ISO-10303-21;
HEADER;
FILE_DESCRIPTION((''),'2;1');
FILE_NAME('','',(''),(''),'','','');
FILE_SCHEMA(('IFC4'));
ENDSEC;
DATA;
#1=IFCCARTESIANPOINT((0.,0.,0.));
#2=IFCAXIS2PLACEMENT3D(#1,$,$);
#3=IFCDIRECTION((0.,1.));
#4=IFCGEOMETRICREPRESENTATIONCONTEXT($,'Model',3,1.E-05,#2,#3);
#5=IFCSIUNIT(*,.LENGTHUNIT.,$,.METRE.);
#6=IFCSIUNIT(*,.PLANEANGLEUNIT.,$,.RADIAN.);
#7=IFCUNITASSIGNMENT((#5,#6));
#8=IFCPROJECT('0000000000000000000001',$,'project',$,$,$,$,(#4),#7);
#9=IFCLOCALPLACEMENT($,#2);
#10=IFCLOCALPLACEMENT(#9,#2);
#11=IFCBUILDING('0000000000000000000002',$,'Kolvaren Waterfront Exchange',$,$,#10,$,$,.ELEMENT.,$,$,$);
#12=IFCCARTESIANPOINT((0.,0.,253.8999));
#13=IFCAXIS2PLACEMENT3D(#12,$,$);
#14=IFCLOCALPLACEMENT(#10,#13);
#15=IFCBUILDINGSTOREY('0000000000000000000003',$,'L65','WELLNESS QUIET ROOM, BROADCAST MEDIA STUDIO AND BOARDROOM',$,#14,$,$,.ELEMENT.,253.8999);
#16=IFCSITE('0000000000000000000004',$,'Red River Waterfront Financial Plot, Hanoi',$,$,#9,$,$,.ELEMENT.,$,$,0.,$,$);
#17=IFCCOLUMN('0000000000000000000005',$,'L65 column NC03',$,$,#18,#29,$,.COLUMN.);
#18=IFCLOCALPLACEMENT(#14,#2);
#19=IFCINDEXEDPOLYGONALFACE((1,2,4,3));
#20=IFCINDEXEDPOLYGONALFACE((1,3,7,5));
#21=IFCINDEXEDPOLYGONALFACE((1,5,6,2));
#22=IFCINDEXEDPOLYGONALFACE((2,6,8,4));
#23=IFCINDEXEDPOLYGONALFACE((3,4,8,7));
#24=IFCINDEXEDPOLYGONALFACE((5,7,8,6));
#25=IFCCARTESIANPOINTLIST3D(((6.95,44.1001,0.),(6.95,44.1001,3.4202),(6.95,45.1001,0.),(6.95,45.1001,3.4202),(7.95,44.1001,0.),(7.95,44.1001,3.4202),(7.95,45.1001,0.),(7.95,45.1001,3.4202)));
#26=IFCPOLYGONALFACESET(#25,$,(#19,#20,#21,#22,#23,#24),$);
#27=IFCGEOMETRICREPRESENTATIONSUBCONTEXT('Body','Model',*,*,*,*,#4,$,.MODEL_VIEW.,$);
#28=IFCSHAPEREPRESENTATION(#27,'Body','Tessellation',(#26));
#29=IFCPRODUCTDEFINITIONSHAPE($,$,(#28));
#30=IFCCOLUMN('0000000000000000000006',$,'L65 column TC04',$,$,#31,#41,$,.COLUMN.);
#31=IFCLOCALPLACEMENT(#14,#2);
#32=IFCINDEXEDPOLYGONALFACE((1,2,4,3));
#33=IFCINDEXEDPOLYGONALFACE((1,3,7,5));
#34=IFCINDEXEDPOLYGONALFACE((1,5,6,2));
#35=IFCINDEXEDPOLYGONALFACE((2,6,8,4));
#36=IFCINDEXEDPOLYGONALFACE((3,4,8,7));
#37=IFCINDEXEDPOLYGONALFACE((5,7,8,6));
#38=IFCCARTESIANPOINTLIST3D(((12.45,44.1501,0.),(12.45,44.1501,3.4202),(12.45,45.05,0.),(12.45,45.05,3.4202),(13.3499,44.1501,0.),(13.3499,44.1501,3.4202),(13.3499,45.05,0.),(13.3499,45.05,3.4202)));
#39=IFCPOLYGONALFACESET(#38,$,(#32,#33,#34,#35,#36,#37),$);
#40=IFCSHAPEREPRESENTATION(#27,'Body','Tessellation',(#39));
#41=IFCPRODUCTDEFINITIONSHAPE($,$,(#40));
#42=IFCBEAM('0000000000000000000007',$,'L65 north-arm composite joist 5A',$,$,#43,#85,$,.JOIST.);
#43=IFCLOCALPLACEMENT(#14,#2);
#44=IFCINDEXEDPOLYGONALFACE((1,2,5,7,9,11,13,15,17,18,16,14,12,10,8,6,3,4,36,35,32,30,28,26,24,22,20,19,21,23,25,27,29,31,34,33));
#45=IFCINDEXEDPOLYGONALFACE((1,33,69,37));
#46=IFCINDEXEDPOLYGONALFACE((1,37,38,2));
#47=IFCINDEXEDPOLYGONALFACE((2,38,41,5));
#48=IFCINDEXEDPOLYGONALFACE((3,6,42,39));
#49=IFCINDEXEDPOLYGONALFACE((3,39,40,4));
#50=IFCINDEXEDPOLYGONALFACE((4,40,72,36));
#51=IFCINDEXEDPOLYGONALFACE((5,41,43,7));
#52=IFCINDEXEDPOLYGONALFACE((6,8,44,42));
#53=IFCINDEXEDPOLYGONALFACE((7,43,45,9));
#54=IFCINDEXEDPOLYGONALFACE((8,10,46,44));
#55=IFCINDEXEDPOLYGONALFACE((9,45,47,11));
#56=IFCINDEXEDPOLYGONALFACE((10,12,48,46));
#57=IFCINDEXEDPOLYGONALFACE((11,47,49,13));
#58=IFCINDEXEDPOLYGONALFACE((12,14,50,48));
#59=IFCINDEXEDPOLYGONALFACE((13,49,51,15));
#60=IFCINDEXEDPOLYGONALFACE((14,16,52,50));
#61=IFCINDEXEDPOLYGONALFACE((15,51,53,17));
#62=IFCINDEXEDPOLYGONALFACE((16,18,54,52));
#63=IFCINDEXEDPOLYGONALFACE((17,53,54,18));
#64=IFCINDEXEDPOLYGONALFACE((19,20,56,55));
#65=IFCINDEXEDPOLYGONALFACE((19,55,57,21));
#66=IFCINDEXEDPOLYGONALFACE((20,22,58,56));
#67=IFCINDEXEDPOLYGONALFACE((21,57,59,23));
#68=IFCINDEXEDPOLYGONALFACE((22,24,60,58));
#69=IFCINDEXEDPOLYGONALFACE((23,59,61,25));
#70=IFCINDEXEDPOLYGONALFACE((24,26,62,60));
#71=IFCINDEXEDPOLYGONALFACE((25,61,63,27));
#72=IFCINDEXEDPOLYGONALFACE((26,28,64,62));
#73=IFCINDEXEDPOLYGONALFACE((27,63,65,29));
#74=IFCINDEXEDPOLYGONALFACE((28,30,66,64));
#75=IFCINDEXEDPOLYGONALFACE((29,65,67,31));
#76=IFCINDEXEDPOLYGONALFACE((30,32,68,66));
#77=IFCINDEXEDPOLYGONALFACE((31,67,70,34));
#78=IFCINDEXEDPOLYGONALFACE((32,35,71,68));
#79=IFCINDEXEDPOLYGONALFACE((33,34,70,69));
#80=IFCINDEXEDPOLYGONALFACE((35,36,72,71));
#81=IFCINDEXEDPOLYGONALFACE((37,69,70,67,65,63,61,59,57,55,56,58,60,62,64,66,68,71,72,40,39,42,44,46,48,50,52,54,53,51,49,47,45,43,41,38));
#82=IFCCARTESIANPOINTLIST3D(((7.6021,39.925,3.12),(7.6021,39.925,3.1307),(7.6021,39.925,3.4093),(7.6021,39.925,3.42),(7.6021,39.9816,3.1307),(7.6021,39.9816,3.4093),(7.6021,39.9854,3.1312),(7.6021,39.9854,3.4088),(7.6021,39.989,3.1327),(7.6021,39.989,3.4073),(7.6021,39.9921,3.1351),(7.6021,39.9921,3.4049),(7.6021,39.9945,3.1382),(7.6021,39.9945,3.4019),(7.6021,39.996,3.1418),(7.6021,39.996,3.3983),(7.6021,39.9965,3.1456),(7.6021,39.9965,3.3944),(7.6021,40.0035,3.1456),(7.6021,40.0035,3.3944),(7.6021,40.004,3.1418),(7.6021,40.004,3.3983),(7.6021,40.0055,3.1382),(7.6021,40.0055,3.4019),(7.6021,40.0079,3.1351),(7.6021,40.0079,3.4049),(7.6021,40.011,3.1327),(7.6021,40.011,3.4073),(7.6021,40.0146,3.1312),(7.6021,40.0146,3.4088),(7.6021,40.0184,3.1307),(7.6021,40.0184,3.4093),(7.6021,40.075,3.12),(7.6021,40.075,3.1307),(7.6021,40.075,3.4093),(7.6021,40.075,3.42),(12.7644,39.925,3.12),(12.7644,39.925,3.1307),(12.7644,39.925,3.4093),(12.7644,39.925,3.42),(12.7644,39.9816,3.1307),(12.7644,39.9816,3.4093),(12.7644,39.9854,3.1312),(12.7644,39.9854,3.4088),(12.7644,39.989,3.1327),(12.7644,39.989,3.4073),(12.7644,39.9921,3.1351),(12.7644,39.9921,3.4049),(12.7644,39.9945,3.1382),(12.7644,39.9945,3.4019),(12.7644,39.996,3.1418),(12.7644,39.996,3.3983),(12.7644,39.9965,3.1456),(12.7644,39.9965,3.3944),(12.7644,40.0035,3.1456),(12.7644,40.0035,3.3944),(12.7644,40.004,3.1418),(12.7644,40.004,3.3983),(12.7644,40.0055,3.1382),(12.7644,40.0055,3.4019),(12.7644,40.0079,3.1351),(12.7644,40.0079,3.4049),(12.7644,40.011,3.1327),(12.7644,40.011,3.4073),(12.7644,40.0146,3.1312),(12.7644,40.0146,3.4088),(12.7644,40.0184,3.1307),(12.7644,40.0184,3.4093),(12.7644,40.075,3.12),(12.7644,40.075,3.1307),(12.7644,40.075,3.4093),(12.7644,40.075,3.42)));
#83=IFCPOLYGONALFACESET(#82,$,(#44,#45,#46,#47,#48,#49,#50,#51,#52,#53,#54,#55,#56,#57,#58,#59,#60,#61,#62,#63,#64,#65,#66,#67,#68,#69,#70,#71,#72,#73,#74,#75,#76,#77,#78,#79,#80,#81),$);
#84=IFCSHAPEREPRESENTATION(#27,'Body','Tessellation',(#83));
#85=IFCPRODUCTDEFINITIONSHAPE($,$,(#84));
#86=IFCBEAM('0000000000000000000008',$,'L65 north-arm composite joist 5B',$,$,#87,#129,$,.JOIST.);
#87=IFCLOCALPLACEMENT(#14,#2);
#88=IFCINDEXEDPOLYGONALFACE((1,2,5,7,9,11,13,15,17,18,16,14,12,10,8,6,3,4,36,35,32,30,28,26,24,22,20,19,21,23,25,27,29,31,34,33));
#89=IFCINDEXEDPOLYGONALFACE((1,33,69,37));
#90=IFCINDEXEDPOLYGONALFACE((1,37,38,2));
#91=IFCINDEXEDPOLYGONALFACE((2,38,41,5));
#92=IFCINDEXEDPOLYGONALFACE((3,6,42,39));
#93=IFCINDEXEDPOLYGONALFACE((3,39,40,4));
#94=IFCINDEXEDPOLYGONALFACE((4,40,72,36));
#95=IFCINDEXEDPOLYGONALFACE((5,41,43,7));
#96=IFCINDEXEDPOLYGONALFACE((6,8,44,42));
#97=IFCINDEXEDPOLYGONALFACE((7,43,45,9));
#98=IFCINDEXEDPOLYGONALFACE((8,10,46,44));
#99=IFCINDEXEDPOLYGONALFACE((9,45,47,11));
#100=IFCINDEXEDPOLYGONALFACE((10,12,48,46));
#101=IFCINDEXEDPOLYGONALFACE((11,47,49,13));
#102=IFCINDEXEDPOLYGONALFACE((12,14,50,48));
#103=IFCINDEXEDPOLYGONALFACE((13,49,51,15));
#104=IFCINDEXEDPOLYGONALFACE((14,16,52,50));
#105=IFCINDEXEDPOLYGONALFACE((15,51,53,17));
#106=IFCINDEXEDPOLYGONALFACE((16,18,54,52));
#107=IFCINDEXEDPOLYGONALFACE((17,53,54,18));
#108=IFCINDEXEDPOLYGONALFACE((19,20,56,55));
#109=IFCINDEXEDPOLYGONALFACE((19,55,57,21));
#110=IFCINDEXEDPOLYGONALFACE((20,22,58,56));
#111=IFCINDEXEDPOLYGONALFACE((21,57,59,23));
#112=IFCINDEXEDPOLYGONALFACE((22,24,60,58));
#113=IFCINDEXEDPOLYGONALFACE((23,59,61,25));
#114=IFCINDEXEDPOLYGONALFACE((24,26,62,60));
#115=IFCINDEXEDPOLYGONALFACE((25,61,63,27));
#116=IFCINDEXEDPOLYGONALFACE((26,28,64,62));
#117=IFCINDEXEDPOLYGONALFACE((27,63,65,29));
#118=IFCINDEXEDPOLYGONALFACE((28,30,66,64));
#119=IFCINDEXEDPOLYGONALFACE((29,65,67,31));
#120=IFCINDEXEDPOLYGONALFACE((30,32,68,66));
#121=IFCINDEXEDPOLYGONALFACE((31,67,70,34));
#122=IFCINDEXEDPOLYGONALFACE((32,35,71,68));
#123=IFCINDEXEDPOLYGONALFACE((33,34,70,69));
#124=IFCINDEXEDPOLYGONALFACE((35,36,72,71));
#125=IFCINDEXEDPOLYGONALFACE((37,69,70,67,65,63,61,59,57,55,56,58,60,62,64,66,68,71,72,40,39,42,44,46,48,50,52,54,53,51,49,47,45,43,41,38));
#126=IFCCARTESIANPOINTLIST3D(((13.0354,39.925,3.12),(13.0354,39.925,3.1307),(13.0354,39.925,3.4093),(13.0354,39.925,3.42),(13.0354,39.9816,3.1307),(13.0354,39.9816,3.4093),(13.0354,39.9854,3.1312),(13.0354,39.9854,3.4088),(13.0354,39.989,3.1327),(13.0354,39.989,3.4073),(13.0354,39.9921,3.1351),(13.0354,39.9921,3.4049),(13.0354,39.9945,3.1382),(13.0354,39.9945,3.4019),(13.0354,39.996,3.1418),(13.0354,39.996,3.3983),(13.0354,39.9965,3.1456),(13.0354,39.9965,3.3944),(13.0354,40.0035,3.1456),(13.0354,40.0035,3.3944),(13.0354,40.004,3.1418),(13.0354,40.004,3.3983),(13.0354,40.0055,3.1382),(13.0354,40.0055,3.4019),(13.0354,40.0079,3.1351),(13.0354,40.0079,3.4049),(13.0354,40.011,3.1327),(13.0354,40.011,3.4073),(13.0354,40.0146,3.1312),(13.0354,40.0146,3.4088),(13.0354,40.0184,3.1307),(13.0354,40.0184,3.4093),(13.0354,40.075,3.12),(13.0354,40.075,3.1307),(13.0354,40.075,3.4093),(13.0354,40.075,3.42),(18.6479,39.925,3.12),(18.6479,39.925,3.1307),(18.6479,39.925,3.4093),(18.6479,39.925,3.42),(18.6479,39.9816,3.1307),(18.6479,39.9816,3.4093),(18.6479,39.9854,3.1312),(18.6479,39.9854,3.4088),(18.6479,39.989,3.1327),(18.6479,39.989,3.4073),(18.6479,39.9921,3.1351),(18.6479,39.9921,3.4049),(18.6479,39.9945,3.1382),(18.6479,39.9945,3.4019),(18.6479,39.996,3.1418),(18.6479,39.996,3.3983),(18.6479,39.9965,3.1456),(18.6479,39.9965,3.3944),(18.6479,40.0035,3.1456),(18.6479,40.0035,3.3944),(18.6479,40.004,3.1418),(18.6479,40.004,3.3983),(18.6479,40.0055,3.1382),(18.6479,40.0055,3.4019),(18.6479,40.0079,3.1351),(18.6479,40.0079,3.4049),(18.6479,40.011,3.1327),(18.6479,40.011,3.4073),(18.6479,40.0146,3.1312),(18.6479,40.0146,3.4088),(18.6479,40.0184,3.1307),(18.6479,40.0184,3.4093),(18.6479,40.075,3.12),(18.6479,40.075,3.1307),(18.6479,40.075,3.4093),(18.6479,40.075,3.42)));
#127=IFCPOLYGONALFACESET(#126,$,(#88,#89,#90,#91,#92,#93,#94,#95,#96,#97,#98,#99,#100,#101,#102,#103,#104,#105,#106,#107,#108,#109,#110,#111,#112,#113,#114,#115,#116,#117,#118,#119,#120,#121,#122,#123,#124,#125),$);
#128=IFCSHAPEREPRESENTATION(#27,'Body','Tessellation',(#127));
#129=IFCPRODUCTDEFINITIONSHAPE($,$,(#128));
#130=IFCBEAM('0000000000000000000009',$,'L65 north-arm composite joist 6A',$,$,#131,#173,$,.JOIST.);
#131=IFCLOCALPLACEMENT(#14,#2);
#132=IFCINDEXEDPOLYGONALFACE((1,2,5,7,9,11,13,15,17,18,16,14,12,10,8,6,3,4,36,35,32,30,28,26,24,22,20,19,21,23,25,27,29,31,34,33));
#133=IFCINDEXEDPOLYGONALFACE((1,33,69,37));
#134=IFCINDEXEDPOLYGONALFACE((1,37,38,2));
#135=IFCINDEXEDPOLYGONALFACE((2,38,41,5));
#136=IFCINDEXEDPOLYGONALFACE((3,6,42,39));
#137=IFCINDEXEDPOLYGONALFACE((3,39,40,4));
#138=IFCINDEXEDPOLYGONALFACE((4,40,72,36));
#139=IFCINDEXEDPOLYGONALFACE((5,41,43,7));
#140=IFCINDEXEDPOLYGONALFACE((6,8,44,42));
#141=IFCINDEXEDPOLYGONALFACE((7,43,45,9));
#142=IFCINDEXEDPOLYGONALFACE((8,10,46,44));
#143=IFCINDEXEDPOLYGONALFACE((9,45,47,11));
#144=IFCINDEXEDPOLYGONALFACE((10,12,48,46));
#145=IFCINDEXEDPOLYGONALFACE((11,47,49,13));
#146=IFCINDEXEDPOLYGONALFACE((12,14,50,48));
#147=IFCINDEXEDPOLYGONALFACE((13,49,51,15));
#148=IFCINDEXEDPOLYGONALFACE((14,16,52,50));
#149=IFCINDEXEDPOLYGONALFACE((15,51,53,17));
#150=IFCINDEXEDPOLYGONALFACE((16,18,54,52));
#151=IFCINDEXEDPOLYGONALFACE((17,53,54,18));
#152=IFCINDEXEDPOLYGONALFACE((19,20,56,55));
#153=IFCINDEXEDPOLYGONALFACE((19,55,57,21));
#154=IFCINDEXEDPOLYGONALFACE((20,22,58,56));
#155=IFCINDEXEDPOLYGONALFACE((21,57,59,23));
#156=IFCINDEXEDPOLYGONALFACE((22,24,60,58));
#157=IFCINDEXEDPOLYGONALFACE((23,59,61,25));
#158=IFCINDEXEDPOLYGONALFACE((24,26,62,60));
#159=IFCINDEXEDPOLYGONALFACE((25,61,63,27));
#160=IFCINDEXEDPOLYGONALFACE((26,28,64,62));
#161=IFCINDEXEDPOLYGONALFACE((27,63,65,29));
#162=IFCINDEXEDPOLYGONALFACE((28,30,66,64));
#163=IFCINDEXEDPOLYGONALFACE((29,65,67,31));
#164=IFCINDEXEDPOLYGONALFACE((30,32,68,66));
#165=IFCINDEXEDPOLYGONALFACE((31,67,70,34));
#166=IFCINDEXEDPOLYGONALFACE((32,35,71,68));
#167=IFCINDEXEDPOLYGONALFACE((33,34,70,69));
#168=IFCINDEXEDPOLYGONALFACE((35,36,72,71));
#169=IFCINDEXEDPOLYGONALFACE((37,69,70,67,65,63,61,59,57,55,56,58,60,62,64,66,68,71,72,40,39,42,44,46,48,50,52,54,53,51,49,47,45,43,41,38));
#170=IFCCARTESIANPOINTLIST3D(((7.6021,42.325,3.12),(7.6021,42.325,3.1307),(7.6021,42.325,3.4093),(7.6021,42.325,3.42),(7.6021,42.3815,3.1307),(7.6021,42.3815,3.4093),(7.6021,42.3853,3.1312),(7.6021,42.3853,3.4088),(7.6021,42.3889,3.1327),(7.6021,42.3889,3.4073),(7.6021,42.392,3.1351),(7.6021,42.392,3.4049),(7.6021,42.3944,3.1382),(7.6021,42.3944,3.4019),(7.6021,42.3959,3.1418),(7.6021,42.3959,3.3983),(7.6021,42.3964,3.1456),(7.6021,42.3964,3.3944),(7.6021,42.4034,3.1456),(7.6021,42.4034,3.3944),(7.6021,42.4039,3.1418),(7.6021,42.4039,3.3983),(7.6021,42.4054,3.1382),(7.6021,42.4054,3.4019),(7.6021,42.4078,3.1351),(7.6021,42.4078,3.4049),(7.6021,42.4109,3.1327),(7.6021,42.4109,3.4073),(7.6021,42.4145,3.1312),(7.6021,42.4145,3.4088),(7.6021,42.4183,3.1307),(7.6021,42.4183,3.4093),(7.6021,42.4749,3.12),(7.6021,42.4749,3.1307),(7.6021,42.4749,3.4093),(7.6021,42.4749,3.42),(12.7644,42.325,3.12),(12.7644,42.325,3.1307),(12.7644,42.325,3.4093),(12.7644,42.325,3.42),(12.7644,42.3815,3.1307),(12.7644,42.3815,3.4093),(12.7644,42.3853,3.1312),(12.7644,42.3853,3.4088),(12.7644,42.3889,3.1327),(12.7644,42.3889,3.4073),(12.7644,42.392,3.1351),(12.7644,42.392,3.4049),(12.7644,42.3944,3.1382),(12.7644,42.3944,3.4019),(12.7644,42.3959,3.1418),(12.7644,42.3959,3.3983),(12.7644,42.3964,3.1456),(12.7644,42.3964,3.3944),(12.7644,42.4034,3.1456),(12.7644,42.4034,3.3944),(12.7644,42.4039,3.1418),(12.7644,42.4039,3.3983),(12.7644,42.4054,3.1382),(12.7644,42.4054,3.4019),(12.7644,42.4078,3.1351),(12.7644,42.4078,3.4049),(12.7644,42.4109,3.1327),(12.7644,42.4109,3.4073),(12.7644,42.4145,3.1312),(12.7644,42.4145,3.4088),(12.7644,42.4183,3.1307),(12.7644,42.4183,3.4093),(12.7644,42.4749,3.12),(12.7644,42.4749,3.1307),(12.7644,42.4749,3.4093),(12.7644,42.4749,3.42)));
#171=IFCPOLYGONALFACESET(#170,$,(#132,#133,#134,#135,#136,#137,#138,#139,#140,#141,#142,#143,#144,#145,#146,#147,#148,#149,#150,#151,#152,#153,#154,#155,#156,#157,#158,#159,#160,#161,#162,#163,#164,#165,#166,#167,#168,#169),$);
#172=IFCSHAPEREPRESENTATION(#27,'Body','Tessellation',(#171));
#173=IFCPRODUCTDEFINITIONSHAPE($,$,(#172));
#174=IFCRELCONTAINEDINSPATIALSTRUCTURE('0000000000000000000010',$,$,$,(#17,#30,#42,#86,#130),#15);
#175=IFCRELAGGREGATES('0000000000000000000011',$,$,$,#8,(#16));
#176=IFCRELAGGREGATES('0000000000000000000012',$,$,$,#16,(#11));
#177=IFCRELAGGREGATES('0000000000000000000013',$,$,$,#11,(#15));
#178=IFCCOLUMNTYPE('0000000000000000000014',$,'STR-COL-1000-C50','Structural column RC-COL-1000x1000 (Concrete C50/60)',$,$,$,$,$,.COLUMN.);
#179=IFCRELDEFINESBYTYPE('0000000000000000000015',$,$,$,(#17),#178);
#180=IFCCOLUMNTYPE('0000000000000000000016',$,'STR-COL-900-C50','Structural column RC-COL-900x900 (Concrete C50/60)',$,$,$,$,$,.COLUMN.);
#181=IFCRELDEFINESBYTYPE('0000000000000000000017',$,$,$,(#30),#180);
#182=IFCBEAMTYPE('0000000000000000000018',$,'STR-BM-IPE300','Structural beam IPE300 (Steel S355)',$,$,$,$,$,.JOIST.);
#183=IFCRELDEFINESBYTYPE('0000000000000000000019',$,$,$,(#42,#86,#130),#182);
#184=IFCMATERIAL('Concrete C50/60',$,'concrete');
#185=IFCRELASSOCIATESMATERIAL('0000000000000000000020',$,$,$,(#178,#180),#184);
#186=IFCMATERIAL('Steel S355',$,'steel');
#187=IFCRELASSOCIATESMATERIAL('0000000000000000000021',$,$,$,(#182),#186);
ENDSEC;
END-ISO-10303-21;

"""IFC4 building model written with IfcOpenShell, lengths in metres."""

from ifc_helpers import new_model, si_unit, direction, frame, origin, origin_2d, place, context, subcontext, project, spatial, rectangle, i_section, extrude, material, material_profile, profile_set, type_object, element, save


model = new_model("IFC4")

# Units and contexts
model_context = context("Model", 3, precision=1e-05, world=origin(), true_north=direction((0.0, 1.0)))
body_context = subcontext(model_context, "Body", "Model", "MODEL_VIEW")
ifc_project = project(units=[si_unit("LENGTHUNIT", "METRE"), si_unit("PLANEANGLEUNIT", "RADIAN")], contexts=[model_context])

# Site, building, storey
site_placement = place(None, origin())
site = spatial("IfcSite", under=ifc_project, at=site_placement, Name="Red River Waterfront Financial Plot, Hanoi", CompositionType="ELEMENT", RefElevation=0.0)
building_placement = place(site_placement, origin())
building = spatial("IfcBuilding", under=site, at=building_placement, Name="Kolvaren Waterfront Exchange", CompositionType="ELEMENT")
storey_placement = place(building_placement, frame((0.0, 0.0, 253.8999)))
storey = spatial("IfcBuildingStorey", under=building, at=storey_placement, Name="L65", Description="WELLNESS QUIET ROOM, BROADCAST MEDIA STUDIO AND BOARDROOM", CompositionType="ELEMENT", Elevation=253.8999)

# Columns
ifc_material_1 = material(Name="Concrete C50/60", Category="concrete")
ifc_material_profile_1 = material_profile(ifc_material_1, rectangle(XDim=1.0, YDim=1.0, at=origin_2d()), Name="RC-COL-1000x1000")
ifc_profile_set_1 = profile_set([ifc_material_profile_1], Name="Concrete C50/60")
column_type_1 = type_object("IfcColumnType", Name="STR-COL-1000-C50", Description="Structural column RC-COL-1000x1000 (Concrete C50/60)", PredefinedType="COLUMN", material=ifc_profile_set_1)
column_1_placement = place(storey_placement, frame((7.45, 44.6001, 0.0), z_axis=(0.0, 0.0, 1.0), x_axis=(1.0, 0.0, 0.0)))
element("IfcColumn", 1, at=column_1_placement, inside=storey, type_object=column_type_1, Name="L65 column NC03", PredefinedType="COLUMN", context=body_context, shape_type="SweptSolid", body=[
    extrude(rectangle(XDim=1.0, YDim=1.0, at=origin_2d()), origin(), (0.0, 0.0, 1.0), 3.4202),
])
ifc_material_profile_2 = material_profile(ifc_material_1, rectangle(XDim=0.8999, YDim=0.8999, at=origin_2d()), Name="RC-COL-900x900")
ifc_profile_set_2 = profile_set([ifc_material_profile_2], Name="Concrete C50/60")
column_type_2 = type_object("IfcColumnType", Name="STR-COL-900-C50", Description="Structural column RC-COL-900x900 (Concrete C50/60)", PredefinedType="COLUMN", material=ifc_profile_set_2)
column_2_placement = place(storey_placement, frame((12.8999, 44.6001, 0.0), z_axis=(0.0, 0.0, 1.0), x_axis=(1.0, 0.0, 0.0)))
element("IfcColumn", 2, at=column_2_placement, inside=storey, type_object=column_type_2, Name="L65 column TC04", PredefinedType="COLUMN", context=body_context, shape_type="SweptSolid", body=[
    extrude(rectangle(XDim=0.8999, YDim=0.8999, at=origin_2d()), origin(), (0.0, 0.0, 1.0), 3.4202),
])

# Beams
ifc_material_2 = material(Name="Steel S355", Category="steel")
ifc_material_profile_3 = material_profile(ifc_material_2, i_section(OverallWidth=0.1499, OverallDepth=0.3, WebThickness=0.0071, FlangeThickness=0.0107, FilletRadius=0.0149, at=origin_2d()), Name="IPE300")
ifc_profile_set_3 = profile_set([ifc_material_profile_3], Name="Steel S355")
beam_type_1 = type_object("IfcBeamType", Name="STR-BM-IPE300", Description="Structural beam IPE300 (Steel S355)", PredefinedType="JOIST", material=ifc_profile_set_3)
beam_1_placement = place(storey_placement, frame((7.6021, 40.0, 3.27), z_axis=(1.0, 0.0, 0.0), x_axis=(0.0, 1.0, 0.0)))
element("IfcBeam", 3, at=beam_1_placement, inside=storey, type_object=beam_type_1, Name="L65 north-arm composite joist 5A", PredefinedType="JOIST", context=body_context, shape_type="SweptSolid", body=[
    extrude(i_section(OverallWidth=0.1499, OverallDepth=0.3, WebThickness=0.0071, FlangeThickness=0.0107, FilletRadius=0.0149, at=origin_2d()), origin(), (0.0, 0.0, 1.0), 5.1624),
])
beam_2_placement = place(storey_placement, frame((13.0354, 40.0, 3.27), z_axis=(1.0, 0.0, 0.0), x_axis=(0.0, 1.0, 0.0)))
element("IfcBeam", 4, at=beam_2_placement, inside=storey, type_object=beam_type_1, Name="L65 north-arm composite joist 5B", PredefinedType="JOIST", context=body_context, shape_type="SweptSolid", body=[
    extrude(i_section(OverallWidth=0.1499, OverallDepth=0.3, WebThickness=0.0071, FlangeThickness=0.0107, FilletRadius=0.0149, at=origin_2d()), origin(), (0.0, 0.0, 1.0), 5.6125),
])
beam_3_placement = place(storey_placement, frame((7.6021, 42.3999, 3.27), z_axis=(1.0, 0.0, 0.0), x_axis=(0.0, 1.0, 0.0)))
element("IfcBeam", 5, at=beam_3_placement, inside=storey, type_object=beam_type_1, Name="L65 north-arm composite joist 6A", PredefinedType="JOIST", context=body_context, shape_type="SweptSolid", body=[
    extrude(i_section(OverallWidth=0.1499, OverallDepth=0.3, WebThickness=0.0071, FlangeThickness=0.0107, FilletRadius=0.0149, at=origin_2d()), origin(), (0.0, 0.0, 1.0), 5.1624),
])

save(model, "model.ifc")
